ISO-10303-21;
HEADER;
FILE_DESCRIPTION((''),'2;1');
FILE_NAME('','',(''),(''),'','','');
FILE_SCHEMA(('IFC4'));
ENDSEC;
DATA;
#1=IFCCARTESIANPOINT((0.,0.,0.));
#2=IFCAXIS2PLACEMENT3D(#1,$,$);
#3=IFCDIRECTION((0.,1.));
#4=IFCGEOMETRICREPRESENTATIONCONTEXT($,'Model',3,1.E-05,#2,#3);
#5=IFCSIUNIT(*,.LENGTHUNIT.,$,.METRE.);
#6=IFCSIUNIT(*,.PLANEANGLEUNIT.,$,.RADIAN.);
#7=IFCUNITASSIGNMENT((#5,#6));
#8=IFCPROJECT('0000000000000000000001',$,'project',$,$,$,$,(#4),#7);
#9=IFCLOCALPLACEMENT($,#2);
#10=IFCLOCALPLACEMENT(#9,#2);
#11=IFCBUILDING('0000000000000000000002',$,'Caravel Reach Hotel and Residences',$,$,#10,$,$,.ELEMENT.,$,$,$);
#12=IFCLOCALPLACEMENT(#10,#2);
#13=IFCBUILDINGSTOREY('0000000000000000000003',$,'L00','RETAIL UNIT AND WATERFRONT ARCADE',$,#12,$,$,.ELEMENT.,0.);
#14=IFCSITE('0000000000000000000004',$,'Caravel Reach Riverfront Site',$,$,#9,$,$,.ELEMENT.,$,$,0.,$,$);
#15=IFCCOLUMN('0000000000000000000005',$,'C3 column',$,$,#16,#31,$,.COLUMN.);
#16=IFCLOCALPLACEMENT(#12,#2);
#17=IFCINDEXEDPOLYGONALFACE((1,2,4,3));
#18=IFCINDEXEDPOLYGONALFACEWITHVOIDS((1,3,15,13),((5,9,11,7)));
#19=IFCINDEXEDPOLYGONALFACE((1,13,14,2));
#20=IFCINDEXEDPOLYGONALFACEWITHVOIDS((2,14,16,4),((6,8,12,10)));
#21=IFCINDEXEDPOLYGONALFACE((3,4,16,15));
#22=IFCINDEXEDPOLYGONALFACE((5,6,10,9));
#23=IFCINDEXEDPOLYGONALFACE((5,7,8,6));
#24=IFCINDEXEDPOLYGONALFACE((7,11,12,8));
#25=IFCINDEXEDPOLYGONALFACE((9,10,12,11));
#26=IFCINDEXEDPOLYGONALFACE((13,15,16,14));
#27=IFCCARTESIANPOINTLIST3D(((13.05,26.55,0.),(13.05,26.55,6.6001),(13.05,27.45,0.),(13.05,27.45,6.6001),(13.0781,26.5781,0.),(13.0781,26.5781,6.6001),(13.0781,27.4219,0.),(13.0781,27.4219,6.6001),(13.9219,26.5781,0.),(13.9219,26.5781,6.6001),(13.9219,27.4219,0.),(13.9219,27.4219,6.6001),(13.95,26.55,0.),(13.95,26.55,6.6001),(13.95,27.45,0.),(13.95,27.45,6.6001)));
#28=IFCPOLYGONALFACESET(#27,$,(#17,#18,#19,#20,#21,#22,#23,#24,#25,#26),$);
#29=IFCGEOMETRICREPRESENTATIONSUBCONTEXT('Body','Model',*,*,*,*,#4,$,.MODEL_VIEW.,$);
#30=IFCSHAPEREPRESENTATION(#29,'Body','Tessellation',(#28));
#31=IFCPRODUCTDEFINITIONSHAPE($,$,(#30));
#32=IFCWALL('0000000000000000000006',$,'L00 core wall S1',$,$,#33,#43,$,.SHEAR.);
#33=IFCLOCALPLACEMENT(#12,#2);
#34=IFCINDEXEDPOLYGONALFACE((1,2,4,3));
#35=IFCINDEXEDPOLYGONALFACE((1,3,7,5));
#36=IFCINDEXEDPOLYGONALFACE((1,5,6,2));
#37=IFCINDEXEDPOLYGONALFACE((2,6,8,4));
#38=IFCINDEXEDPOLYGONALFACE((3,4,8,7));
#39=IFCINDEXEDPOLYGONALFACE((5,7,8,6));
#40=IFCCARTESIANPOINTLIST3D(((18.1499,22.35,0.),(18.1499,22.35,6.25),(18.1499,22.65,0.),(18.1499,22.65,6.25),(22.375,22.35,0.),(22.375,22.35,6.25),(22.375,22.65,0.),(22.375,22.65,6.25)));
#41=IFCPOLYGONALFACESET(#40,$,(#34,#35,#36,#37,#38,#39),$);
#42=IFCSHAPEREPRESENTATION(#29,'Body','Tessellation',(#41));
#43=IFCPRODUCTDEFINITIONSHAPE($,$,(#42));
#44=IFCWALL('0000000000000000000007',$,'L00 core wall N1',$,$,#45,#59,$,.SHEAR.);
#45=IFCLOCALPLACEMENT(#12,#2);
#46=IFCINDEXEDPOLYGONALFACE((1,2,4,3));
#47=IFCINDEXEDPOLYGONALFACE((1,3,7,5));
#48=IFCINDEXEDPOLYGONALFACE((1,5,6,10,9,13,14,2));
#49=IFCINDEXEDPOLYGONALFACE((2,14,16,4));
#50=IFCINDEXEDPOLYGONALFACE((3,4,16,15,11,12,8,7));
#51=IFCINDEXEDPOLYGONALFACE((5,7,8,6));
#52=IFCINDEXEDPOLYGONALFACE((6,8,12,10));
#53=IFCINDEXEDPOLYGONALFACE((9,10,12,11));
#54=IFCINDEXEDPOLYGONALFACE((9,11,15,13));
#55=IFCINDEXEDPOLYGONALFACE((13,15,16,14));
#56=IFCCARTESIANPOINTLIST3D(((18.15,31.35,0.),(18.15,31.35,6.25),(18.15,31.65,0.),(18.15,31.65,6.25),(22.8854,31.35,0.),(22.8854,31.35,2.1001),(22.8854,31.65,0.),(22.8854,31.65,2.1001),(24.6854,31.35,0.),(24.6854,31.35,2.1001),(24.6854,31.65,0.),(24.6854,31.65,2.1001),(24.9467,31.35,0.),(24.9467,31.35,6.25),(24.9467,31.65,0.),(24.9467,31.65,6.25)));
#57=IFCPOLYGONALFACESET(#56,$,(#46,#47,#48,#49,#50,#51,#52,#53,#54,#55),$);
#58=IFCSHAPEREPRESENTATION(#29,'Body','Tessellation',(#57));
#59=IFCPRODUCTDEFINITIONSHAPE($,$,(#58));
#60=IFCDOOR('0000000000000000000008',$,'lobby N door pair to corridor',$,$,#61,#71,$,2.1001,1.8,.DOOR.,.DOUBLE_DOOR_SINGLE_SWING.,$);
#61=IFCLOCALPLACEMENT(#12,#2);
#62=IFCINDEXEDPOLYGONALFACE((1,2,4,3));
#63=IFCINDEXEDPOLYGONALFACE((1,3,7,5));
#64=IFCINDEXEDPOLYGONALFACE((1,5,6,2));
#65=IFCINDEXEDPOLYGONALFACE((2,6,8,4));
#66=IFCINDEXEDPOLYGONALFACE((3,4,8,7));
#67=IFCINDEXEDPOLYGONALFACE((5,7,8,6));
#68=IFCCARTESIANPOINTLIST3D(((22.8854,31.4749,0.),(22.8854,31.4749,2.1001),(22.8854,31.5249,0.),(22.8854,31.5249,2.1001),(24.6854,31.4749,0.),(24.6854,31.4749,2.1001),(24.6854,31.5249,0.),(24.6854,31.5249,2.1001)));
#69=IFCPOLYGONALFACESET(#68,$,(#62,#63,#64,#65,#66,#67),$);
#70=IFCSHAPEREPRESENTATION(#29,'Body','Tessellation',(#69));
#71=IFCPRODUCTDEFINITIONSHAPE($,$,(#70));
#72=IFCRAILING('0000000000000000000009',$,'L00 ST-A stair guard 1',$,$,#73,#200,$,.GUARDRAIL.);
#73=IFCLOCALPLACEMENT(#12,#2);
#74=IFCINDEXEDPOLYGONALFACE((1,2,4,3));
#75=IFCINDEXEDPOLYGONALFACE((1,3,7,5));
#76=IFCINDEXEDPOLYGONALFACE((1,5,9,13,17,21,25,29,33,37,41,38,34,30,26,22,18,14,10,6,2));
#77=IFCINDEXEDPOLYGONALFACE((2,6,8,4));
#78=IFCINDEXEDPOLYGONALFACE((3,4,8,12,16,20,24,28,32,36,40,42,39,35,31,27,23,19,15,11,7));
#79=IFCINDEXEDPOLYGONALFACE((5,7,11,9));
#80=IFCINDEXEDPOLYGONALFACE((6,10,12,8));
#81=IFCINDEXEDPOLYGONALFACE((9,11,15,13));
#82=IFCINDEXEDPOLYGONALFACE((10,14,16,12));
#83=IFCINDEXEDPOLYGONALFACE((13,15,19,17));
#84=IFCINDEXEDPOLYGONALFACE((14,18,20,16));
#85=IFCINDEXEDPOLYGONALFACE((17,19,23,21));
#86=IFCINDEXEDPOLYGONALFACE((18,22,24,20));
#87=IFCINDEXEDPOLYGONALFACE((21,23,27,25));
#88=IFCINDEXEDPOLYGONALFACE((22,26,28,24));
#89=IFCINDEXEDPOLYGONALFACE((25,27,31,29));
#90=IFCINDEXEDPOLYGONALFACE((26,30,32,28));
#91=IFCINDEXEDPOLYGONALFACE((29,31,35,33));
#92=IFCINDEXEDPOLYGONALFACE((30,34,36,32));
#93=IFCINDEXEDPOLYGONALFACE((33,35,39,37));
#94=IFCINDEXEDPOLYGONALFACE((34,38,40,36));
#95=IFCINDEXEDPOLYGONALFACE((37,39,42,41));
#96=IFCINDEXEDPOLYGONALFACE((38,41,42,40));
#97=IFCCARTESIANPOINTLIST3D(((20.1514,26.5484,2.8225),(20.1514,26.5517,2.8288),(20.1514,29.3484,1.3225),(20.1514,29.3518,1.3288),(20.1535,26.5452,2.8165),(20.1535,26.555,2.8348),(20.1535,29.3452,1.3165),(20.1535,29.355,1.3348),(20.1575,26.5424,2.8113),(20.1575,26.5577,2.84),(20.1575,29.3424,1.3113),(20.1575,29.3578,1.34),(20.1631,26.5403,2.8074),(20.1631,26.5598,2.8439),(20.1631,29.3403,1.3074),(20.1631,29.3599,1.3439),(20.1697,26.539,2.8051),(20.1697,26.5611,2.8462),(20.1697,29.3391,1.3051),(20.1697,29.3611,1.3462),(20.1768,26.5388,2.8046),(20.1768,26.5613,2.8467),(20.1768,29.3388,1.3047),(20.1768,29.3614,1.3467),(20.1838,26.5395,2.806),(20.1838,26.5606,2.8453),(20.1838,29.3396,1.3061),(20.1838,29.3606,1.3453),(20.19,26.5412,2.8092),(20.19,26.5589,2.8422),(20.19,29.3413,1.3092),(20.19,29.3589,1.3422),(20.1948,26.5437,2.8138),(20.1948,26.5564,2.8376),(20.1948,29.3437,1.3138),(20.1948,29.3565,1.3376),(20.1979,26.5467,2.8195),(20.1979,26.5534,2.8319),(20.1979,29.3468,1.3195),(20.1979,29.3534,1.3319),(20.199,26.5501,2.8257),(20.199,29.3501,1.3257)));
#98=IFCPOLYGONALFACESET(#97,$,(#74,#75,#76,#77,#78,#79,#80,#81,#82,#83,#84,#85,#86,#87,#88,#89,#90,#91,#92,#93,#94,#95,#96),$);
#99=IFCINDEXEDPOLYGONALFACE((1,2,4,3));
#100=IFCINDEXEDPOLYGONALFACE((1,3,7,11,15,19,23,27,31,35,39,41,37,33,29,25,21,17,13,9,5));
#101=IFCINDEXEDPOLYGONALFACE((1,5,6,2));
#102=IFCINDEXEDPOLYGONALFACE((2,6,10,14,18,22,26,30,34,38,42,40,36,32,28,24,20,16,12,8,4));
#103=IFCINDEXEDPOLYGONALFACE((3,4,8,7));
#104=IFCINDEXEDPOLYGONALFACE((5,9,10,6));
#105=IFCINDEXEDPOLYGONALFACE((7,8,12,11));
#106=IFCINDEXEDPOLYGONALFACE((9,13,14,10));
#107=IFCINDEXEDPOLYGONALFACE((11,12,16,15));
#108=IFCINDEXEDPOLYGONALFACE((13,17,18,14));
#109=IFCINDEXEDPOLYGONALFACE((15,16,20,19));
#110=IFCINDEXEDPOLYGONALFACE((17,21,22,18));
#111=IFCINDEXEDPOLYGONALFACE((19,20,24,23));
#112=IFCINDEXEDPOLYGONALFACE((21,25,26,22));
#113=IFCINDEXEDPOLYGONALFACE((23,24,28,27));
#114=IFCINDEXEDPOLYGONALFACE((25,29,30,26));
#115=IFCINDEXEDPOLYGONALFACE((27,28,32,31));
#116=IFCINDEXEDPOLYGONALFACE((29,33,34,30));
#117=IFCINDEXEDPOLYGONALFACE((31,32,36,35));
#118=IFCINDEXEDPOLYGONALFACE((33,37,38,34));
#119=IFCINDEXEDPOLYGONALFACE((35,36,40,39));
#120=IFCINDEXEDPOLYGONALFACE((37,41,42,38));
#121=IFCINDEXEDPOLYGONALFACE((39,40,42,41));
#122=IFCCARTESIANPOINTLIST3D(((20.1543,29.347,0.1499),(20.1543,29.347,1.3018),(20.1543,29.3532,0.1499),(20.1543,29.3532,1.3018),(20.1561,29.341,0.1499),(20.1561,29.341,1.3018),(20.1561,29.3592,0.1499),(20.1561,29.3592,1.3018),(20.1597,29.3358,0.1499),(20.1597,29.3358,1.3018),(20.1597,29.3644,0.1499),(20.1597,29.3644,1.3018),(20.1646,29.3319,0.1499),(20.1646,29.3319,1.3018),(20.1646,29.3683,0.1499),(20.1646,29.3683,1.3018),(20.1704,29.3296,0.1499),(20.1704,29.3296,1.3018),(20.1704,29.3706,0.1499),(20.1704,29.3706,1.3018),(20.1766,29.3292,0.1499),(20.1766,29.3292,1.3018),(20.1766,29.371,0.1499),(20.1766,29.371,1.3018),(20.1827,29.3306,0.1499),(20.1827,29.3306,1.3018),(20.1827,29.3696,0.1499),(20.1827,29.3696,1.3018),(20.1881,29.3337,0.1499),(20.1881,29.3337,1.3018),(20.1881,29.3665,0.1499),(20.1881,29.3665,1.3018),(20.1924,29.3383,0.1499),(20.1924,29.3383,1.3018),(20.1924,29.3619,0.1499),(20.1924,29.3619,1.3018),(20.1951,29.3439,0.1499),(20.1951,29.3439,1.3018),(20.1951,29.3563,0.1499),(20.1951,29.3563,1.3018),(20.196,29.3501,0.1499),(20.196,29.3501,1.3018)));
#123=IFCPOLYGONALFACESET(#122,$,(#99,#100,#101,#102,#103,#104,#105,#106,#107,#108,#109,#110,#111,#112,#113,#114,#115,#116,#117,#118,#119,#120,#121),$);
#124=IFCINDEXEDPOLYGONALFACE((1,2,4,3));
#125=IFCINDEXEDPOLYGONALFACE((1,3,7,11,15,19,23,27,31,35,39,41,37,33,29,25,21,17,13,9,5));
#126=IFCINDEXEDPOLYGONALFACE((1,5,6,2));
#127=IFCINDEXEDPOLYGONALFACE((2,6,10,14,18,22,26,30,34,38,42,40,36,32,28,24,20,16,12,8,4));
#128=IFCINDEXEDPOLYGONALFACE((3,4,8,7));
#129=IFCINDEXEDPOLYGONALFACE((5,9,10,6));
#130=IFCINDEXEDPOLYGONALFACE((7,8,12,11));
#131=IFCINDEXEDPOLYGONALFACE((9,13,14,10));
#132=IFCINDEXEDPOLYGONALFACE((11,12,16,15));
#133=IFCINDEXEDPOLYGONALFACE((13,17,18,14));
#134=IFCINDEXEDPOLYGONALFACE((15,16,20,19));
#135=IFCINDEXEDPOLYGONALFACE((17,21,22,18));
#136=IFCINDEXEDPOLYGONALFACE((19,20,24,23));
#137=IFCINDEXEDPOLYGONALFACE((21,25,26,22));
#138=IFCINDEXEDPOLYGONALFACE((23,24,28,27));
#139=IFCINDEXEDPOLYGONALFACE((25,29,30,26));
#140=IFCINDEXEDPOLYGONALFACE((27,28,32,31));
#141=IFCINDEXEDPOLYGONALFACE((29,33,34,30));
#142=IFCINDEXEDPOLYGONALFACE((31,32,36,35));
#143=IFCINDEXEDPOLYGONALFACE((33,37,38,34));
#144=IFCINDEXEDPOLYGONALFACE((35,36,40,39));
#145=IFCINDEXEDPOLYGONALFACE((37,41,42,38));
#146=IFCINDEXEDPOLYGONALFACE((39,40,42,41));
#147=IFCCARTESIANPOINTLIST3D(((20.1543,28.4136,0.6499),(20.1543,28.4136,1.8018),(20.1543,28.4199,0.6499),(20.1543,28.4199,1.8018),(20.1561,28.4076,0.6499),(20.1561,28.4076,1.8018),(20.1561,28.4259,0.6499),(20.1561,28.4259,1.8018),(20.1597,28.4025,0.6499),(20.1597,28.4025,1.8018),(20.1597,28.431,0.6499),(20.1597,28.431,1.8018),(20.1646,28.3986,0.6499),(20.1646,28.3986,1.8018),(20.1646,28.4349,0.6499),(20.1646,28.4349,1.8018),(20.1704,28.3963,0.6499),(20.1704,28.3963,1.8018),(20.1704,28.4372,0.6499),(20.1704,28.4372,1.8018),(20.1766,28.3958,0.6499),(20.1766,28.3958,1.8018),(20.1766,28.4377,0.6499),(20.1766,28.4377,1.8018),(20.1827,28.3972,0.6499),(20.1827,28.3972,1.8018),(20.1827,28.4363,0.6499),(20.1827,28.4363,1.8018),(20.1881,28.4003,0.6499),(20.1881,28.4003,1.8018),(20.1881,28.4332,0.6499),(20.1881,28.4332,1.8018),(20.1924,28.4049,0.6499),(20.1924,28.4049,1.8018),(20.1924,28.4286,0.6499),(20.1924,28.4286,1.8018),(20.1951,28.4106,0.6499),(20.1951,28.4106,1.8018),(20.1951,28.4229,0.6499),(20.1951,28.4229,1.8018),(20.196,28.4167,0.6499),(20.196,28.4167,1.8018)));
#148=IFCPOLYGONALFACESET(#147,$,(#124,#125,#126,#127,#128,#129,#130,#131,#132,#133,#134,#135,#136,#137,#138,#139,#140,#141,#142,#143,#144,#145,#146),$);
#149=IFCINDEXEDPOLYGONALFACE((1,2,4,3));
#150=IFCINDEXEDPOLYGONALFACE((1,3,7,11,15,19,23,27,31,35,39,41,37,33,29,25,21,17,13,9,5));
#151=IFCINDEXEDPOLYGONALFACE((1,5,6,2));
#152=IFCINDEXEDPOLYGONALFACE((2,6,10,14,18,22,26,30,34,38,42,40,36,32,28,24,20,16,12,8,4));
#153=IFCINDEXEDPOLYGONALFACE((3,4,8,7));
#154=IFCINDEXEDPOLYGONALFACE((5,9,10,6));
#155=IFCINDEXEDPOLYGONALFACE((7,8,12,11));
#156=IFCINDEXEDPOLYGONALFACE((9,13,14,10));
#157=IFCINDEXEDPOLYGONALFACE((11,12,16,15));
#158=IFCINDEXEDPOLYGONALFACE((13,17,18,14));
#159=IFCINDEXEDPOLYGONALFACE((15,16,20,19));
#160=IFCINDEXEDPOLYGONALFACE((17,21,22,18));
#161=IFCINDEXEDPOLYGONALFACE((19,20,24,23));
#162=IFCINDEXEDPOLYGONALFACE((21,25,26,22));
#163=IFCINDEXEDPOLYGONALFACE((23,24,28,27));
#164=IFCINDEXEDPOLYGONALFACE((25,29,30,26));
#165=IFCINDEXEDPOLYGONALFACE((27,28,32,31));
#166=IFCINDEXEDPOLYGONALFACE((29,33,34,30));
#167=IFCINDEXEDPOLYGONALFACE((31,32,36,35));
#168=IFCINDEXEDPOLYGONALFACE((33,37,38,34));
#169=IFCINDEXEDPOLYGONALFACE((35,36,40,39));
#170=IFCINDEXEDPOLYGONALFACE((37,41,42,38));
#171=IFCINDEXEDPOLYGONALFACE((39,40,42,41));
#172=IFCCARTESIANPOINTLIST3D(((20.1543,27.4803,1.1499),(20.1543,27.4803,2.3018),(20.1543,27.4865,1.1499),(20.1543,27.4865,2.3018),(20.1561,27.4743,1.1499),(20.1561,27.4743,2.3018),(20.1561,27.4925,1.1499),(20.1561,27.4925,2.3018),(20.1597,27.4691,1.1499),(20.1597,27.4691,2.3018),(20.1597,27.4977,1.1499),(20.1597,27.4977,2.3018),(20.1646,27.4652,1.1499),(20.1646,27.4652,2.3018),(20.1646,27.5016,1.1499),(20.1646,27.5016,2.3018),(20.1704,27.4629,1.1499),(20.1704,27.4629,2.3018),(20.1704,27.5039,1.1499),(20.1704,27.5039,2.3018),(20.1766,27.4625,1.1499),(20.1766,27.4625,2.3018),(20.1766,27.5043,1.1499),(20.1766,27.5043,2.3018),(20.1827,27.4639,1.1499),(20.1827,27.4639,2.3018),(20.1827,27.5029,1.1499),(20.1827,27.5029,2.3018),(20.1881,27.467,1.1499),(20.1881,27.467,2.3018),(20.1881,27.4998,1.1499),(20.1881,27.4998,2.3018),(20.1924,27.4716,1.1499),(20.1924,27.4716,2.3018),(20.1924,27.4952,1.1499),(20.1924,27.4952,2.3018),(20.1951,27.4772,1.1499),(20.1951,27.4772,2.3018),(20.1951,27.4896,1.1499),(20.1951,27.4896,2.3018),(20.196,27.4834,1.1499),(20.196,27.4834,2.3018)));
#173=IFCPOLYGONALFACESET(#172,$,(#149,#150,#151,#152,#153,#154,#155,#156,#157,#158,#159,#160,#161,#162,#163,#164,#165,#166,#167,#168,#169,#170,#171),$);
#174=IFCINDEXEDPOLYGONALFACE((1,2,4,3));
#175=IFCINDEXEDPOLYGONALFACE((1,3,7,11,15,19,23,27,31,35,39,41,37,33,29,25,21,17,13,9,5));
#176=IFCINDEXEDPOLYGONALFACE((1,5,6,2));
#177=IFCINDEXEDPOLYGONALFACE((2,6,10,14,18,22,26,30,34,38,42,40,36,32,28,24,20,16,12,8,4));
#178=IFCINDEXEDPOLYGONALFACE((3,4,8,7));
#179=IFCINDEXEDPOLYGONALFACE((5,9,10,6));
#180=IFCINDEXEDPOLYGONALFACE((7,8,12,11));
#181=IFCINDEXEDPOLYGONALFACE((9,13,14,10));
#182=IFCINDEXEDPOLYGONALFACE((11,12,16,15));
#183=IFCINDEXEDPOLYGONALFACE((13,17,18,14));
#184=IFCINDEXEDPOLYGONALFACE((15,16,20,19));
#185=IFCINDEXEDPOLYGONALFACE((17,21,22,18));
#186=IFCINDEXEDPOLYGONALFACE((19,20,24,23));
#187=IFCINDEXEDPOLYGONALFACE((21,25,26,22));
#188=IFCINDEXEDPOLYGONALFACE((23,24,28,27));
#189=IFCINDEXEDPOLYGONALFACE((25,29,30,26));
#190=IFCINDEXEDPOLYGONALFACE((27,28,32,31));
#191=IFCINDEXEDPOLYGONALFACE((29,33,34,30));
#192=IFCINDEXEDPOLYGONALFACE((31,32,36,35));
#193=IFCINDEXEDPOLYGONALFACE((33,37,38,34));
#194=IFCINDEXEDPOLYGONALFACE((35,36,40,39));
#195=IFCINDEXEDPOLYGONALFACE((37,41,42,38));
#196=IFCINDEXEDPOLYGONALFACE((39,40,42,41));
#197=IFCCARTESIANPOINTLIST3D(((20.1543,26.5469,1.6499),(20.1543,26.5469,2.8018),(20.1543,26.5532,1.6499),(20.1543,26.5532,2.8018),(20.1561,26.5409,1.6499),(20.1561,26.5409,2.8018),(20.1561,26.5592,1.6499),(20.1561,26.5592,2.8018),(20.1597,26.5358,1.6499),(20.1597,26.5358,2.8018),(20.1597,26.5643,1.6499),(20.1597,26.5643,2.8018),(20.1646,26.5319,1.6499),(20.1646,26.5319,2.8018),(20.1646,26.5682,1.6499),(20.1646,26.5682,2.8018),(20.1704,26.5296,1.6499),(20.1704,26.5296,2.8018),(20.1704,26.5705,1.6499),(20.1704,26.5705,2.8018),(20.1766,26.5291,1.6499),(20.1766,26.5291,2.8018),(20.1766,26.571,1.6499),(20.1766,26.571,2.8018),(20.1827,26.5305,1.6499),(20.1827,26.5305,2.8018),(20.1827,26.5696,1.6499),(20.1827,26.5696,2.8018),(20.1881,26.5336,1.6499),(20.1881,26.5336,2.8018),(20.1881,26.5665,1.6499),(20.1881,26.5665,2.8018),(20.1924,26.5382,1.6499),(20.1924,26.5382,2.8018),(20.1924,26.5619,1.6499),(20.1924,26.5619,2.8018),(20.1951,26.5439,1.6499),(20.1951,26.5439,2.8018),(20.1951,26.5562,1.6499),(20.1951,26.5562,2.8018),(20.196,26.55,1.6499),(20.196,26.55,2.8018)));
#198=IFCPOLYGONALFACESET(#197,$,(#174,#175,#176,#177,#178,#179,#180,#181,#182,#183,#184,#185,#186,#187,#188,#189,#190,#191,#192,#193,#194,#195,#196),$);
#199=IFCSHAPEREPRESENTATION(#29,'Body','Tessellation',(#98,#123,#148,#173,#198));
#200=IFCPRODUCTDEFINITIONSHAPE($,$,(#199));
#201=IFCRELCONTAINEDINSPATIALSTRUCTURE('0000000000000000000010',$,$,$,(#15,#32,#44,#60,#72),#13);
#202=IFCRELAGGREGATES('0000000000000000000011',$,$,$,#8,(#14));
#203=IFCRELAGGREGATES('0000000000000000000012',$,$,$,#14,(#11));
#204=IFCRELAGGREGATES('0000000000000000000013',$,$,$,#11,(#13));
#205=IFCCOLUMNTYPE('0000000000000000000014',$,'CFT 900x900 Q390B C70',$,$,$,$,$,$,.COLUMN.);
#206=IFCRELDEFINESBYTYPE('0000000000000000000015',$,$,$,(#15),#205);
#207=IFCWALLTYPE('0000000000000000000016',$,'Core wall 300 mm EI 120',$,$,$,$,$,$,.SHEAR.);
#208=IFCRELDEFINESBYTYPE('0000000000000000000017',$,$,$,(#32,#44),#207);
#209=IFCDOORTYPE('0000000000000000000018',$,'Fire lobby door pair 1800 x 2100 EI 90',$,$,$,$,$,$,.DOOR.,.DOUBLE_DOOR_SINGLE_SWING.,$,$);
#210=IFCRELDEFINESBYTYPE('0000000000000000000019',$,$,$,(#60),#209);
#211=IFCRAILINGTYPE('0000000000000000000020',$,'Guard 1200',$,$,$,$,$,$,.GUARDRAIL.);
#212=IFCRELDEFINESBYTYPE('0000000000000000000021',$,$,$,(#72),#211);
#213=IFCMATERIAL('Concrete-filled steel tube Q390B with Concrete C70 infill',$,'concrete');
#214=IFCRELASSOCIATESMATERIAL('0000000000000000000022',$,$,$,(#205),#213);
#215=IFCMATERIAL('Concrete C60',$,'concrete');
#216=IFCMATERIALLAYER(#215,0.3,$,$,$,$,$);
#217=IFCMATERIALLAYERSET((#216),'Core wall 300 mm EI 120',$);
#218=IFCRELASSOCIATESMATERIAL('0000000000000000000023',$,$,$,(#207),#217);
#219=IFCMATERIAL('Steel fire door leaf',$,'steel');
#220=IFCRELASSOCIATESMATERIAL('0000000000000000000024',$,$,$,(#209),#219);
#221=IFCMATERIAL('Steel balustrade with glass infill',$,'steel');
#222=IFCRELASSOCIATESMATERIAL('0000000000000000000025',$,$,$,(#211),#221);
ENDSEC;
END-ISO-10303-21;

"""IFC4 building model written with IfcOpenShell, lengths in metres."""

from ifc_helpers import new_model, si_unit, direction, frame, frame_2d, origin, origin_2d, place, context, subcontext, project, spatial, rectangle, hollow_rectangle, circle, extrude, material, layer, layer_set, material_profile, profile_set, type_object, element, fill, save


model = new_model("IFC4")

# Units and contexts
model_context = context("Model", 3, precision=1e-05, world=origin(), true_north=direction((0.0, 1.0)))
body_context = subcontext(model_context, "Body", "Model", "MODEL_VIEW")
ifc_project = project(units=[si_unit("LENGTHUNIT", "METRE"), si_unit("PLANEANGLEUNIT", "RADIAN")], contexts=[model_context])

# Site, building, storey
site_placement = place(None, origin())
site = spatial("IfcSite", under=ifc_project, at=site_placement, Name="Caravel Reach Riverfront Site", CompositionType="ELEMENT", RefElevation=0.0)
building_placement = place(site_placement, origin())
building = spatial("IfcBuilding", under=site, at=building_placement, Name="Caravel Reach Hotel and Residences", CompositionType="ELEMENT")
storey_placement = place(building_placement, origin())
storey = spatial("IfcBuildingStorey", under=building, at=storey_placement, Name="L00", Description="RETAIL UNIT AND WATERFRONT ARCADE", CompositionType="ELEMENT", Elevation=0.0)

# Column
ifc_material_1 = material(Name="Concrete-filled steel tube Q390B with Concrete C70 infill", Category="concrete")
ifc_material_profile = material_profile(ifc_material_1, hollow_rectangle(XDim=0.8999, YDim=0.8999, WallThickness=0.0281, at=origin_2d()), Name="RHS 900x900x28")
ifc_profile_set = profile_set([ifc_material_profile], Name="Concrete-filled steel tube Q390B with Concrete C70 infill")
column_type = type_object("IfcColumnType", Name="CFT 900x900 Q390B C70", PredefinedType="COLUMN", material=ifc_profile_set)
column_placement = place(storey_placement, frame((13.5, 27.0, 0.0), z_axis=(0.0, 0.0, 1.0), x_axis=(1.0, 0.0, 0.0)))
element("IfcColumn", 1, at=column_placement, inside=storey, type_object=column_type, Name="C3 column", PredefinedType="COLUMN", context=body_context, shape_type="SweptSolid", body=[
    extrude(hollow_rectangle(XDim=0.8999, YDim=0.8999, WallThickness=0.0281, at=origin_2d()), origin(), (0.0, 0.0, 1.0), 6.6001),
])

# Wall
ifc_material_2 = material(Name="Concrete C60", Category="concrete")
ifc_layer = layer(ifc_material_2, 0.3)
ifc_layer_set = layer_set([ifc_layer], Name="Core wall 300 mm EI 120")
wall_type = type_object("IfcWallType", Name="Core wall 300 mm EI 120", PredefinedType="SHEAR", material=ifc_layer_set)
wall_1_placement = place(storey_placement, frame((18.1499, 22.5, 0.0), z_axis=(0.0, 0.0, 1.0), x_axis=(1.0, 0.0, 0.0)))
element("IfcWall", 2, at=wall_1_placement, inside=storey, type_object=wall_type, Name="L00 core wall S1", PredefinedType="SHEAR", context=body_context, shape_type="SweptSolid", body=[
    extrude(rectangle(XDim=4.2251, YDim=0.3, at=frame_2d((2.1125, 0.0))), origin(), (0.0, 0.0, 1.0), 6.25),
])

# Wall, opening, door
wall_2_placement = place(storey_placement, frame((18.1499, 31.5, 0.0), z_axis=(0.0, 0.0, 1.0), x_axis=(1.0, 0.0, 0.0)))
wall_2 = element("IfcWall", 3, at=wall_2_placement, inside=storey, type_object=wall_type, Name="L00 core wall N1", PredefinedType="SHEAR", context=body_context, shape_type="SweptSolid", body=[
    extrude(rectangle(XDim=6.7966, YDim=0.3, at=frame_2d((3.3984, 0.0))), origin(), (0.0, 0.0, 1.0), 6.25),
])
opening_placement = place(wall_2_placement, frame((4.7356, 0.0, 0.0)))
opening = element("IfcOpeningElement", 4, at=opening_placement, cuts=wall_2, PredefinedType="OPENING", context=body_context, shape_type="SweptSolid", body=[
    extrude(rectangle(XDim=1.8, YDim=2.1001, at=frame_2d((0.8999, 1.05))), frame((0.0, 0.1599, 0.0), z_axis=(0.0, -1.0, 0.0), x_axis=(1.0, 0.0, 0.0)), (0.0, 0.0, 1.0), 0.3201),
])
ifc_material_3 = material(Name="Steel fire door leaf", Category="steel")
door_type = type_object("IfcDoorType", Name="Fire lobby door pair 1800 x 2100 EI 90", OperationType="DOUBLE_DOOR_SINGLE_SWING", PredefinedType="DOOR", material=ifc_material_3)
door_placement = place(opening_placement, origin())
door = element("IfcDoor", 5, at=door_placement, inside=storey, type_object=door_type, Name="lobby N door pair to corridor", OperationType="DOUBLE_DOOR_SINGLE_SWING", OverallHeight=2.1001, OverallWidth=1.8, PredefinedType="DOOR", context=body_context, shape_type="SweptSolid", body=[
    extrude(rectangle(XDim=1.8, YDim=2.1001, at=frame_2d((0.8999, 1.05))), frame((0.0, 0.0249, 0.0), z_axis=(0.0, -1.0, 0.0), x_axis=(1.0, 0.0, 0.0)), (0.0, 0.0, 1.0), 0.05),
])
fill(opening, door)

# Railing
ifc_material_4 = material(Name="Steel balustrade with glass infill", Category="steel")
railing_type_1 = type_object("IfcRailingType", Name="Guard 1200", PredefinedType="GUARDRAIL", material=ifc_material_4)
railing_1_placement = place(storey_placement, frame((20.175, 29.3501, 0.1499)))
element("IfcRailing", 6, at=railing_1_placement, inside=storey, type_object=railing_type_1, Name="L00 ST-A stair guard 1", PredefinedType="GUARDRAIL", context=body_context, shape_type="SweptSolid", body=[
    extrude(circle(Radius=0.0239, at=origin_2d()), frame((0.0, 0.0, 1.1758), z_axis=(0.0, -0.881483, 0.472215), x_axis=(1.0, 0.0, 0.0)), (0.0, 0.0, 1.0), 3.1765),
    extrude(circle(Radius=0.021, at=origin_2d()), origin(), (0.0, 0.0, 1.0), 1.1519),
    extrude(circle(Radius=0.021, at=origin_2d()), frame((0.0, -0.9333, 0.5)), (0.0, 0.0, 1.0), 1.1519),
    extrude(circle(Radius=0.021, at=origin_2d()), frame((0.0, -1.8667, 1.0)), (0.0, 0.0, 1.0), 1.1519),
    extrude(circle(Radius=0.021, at=origin_2d()), frame((0.0, -2.8, 1.5)), (0.0, 0.0, 1.0), 1.1519),
])

save(model, "model.ifc")
